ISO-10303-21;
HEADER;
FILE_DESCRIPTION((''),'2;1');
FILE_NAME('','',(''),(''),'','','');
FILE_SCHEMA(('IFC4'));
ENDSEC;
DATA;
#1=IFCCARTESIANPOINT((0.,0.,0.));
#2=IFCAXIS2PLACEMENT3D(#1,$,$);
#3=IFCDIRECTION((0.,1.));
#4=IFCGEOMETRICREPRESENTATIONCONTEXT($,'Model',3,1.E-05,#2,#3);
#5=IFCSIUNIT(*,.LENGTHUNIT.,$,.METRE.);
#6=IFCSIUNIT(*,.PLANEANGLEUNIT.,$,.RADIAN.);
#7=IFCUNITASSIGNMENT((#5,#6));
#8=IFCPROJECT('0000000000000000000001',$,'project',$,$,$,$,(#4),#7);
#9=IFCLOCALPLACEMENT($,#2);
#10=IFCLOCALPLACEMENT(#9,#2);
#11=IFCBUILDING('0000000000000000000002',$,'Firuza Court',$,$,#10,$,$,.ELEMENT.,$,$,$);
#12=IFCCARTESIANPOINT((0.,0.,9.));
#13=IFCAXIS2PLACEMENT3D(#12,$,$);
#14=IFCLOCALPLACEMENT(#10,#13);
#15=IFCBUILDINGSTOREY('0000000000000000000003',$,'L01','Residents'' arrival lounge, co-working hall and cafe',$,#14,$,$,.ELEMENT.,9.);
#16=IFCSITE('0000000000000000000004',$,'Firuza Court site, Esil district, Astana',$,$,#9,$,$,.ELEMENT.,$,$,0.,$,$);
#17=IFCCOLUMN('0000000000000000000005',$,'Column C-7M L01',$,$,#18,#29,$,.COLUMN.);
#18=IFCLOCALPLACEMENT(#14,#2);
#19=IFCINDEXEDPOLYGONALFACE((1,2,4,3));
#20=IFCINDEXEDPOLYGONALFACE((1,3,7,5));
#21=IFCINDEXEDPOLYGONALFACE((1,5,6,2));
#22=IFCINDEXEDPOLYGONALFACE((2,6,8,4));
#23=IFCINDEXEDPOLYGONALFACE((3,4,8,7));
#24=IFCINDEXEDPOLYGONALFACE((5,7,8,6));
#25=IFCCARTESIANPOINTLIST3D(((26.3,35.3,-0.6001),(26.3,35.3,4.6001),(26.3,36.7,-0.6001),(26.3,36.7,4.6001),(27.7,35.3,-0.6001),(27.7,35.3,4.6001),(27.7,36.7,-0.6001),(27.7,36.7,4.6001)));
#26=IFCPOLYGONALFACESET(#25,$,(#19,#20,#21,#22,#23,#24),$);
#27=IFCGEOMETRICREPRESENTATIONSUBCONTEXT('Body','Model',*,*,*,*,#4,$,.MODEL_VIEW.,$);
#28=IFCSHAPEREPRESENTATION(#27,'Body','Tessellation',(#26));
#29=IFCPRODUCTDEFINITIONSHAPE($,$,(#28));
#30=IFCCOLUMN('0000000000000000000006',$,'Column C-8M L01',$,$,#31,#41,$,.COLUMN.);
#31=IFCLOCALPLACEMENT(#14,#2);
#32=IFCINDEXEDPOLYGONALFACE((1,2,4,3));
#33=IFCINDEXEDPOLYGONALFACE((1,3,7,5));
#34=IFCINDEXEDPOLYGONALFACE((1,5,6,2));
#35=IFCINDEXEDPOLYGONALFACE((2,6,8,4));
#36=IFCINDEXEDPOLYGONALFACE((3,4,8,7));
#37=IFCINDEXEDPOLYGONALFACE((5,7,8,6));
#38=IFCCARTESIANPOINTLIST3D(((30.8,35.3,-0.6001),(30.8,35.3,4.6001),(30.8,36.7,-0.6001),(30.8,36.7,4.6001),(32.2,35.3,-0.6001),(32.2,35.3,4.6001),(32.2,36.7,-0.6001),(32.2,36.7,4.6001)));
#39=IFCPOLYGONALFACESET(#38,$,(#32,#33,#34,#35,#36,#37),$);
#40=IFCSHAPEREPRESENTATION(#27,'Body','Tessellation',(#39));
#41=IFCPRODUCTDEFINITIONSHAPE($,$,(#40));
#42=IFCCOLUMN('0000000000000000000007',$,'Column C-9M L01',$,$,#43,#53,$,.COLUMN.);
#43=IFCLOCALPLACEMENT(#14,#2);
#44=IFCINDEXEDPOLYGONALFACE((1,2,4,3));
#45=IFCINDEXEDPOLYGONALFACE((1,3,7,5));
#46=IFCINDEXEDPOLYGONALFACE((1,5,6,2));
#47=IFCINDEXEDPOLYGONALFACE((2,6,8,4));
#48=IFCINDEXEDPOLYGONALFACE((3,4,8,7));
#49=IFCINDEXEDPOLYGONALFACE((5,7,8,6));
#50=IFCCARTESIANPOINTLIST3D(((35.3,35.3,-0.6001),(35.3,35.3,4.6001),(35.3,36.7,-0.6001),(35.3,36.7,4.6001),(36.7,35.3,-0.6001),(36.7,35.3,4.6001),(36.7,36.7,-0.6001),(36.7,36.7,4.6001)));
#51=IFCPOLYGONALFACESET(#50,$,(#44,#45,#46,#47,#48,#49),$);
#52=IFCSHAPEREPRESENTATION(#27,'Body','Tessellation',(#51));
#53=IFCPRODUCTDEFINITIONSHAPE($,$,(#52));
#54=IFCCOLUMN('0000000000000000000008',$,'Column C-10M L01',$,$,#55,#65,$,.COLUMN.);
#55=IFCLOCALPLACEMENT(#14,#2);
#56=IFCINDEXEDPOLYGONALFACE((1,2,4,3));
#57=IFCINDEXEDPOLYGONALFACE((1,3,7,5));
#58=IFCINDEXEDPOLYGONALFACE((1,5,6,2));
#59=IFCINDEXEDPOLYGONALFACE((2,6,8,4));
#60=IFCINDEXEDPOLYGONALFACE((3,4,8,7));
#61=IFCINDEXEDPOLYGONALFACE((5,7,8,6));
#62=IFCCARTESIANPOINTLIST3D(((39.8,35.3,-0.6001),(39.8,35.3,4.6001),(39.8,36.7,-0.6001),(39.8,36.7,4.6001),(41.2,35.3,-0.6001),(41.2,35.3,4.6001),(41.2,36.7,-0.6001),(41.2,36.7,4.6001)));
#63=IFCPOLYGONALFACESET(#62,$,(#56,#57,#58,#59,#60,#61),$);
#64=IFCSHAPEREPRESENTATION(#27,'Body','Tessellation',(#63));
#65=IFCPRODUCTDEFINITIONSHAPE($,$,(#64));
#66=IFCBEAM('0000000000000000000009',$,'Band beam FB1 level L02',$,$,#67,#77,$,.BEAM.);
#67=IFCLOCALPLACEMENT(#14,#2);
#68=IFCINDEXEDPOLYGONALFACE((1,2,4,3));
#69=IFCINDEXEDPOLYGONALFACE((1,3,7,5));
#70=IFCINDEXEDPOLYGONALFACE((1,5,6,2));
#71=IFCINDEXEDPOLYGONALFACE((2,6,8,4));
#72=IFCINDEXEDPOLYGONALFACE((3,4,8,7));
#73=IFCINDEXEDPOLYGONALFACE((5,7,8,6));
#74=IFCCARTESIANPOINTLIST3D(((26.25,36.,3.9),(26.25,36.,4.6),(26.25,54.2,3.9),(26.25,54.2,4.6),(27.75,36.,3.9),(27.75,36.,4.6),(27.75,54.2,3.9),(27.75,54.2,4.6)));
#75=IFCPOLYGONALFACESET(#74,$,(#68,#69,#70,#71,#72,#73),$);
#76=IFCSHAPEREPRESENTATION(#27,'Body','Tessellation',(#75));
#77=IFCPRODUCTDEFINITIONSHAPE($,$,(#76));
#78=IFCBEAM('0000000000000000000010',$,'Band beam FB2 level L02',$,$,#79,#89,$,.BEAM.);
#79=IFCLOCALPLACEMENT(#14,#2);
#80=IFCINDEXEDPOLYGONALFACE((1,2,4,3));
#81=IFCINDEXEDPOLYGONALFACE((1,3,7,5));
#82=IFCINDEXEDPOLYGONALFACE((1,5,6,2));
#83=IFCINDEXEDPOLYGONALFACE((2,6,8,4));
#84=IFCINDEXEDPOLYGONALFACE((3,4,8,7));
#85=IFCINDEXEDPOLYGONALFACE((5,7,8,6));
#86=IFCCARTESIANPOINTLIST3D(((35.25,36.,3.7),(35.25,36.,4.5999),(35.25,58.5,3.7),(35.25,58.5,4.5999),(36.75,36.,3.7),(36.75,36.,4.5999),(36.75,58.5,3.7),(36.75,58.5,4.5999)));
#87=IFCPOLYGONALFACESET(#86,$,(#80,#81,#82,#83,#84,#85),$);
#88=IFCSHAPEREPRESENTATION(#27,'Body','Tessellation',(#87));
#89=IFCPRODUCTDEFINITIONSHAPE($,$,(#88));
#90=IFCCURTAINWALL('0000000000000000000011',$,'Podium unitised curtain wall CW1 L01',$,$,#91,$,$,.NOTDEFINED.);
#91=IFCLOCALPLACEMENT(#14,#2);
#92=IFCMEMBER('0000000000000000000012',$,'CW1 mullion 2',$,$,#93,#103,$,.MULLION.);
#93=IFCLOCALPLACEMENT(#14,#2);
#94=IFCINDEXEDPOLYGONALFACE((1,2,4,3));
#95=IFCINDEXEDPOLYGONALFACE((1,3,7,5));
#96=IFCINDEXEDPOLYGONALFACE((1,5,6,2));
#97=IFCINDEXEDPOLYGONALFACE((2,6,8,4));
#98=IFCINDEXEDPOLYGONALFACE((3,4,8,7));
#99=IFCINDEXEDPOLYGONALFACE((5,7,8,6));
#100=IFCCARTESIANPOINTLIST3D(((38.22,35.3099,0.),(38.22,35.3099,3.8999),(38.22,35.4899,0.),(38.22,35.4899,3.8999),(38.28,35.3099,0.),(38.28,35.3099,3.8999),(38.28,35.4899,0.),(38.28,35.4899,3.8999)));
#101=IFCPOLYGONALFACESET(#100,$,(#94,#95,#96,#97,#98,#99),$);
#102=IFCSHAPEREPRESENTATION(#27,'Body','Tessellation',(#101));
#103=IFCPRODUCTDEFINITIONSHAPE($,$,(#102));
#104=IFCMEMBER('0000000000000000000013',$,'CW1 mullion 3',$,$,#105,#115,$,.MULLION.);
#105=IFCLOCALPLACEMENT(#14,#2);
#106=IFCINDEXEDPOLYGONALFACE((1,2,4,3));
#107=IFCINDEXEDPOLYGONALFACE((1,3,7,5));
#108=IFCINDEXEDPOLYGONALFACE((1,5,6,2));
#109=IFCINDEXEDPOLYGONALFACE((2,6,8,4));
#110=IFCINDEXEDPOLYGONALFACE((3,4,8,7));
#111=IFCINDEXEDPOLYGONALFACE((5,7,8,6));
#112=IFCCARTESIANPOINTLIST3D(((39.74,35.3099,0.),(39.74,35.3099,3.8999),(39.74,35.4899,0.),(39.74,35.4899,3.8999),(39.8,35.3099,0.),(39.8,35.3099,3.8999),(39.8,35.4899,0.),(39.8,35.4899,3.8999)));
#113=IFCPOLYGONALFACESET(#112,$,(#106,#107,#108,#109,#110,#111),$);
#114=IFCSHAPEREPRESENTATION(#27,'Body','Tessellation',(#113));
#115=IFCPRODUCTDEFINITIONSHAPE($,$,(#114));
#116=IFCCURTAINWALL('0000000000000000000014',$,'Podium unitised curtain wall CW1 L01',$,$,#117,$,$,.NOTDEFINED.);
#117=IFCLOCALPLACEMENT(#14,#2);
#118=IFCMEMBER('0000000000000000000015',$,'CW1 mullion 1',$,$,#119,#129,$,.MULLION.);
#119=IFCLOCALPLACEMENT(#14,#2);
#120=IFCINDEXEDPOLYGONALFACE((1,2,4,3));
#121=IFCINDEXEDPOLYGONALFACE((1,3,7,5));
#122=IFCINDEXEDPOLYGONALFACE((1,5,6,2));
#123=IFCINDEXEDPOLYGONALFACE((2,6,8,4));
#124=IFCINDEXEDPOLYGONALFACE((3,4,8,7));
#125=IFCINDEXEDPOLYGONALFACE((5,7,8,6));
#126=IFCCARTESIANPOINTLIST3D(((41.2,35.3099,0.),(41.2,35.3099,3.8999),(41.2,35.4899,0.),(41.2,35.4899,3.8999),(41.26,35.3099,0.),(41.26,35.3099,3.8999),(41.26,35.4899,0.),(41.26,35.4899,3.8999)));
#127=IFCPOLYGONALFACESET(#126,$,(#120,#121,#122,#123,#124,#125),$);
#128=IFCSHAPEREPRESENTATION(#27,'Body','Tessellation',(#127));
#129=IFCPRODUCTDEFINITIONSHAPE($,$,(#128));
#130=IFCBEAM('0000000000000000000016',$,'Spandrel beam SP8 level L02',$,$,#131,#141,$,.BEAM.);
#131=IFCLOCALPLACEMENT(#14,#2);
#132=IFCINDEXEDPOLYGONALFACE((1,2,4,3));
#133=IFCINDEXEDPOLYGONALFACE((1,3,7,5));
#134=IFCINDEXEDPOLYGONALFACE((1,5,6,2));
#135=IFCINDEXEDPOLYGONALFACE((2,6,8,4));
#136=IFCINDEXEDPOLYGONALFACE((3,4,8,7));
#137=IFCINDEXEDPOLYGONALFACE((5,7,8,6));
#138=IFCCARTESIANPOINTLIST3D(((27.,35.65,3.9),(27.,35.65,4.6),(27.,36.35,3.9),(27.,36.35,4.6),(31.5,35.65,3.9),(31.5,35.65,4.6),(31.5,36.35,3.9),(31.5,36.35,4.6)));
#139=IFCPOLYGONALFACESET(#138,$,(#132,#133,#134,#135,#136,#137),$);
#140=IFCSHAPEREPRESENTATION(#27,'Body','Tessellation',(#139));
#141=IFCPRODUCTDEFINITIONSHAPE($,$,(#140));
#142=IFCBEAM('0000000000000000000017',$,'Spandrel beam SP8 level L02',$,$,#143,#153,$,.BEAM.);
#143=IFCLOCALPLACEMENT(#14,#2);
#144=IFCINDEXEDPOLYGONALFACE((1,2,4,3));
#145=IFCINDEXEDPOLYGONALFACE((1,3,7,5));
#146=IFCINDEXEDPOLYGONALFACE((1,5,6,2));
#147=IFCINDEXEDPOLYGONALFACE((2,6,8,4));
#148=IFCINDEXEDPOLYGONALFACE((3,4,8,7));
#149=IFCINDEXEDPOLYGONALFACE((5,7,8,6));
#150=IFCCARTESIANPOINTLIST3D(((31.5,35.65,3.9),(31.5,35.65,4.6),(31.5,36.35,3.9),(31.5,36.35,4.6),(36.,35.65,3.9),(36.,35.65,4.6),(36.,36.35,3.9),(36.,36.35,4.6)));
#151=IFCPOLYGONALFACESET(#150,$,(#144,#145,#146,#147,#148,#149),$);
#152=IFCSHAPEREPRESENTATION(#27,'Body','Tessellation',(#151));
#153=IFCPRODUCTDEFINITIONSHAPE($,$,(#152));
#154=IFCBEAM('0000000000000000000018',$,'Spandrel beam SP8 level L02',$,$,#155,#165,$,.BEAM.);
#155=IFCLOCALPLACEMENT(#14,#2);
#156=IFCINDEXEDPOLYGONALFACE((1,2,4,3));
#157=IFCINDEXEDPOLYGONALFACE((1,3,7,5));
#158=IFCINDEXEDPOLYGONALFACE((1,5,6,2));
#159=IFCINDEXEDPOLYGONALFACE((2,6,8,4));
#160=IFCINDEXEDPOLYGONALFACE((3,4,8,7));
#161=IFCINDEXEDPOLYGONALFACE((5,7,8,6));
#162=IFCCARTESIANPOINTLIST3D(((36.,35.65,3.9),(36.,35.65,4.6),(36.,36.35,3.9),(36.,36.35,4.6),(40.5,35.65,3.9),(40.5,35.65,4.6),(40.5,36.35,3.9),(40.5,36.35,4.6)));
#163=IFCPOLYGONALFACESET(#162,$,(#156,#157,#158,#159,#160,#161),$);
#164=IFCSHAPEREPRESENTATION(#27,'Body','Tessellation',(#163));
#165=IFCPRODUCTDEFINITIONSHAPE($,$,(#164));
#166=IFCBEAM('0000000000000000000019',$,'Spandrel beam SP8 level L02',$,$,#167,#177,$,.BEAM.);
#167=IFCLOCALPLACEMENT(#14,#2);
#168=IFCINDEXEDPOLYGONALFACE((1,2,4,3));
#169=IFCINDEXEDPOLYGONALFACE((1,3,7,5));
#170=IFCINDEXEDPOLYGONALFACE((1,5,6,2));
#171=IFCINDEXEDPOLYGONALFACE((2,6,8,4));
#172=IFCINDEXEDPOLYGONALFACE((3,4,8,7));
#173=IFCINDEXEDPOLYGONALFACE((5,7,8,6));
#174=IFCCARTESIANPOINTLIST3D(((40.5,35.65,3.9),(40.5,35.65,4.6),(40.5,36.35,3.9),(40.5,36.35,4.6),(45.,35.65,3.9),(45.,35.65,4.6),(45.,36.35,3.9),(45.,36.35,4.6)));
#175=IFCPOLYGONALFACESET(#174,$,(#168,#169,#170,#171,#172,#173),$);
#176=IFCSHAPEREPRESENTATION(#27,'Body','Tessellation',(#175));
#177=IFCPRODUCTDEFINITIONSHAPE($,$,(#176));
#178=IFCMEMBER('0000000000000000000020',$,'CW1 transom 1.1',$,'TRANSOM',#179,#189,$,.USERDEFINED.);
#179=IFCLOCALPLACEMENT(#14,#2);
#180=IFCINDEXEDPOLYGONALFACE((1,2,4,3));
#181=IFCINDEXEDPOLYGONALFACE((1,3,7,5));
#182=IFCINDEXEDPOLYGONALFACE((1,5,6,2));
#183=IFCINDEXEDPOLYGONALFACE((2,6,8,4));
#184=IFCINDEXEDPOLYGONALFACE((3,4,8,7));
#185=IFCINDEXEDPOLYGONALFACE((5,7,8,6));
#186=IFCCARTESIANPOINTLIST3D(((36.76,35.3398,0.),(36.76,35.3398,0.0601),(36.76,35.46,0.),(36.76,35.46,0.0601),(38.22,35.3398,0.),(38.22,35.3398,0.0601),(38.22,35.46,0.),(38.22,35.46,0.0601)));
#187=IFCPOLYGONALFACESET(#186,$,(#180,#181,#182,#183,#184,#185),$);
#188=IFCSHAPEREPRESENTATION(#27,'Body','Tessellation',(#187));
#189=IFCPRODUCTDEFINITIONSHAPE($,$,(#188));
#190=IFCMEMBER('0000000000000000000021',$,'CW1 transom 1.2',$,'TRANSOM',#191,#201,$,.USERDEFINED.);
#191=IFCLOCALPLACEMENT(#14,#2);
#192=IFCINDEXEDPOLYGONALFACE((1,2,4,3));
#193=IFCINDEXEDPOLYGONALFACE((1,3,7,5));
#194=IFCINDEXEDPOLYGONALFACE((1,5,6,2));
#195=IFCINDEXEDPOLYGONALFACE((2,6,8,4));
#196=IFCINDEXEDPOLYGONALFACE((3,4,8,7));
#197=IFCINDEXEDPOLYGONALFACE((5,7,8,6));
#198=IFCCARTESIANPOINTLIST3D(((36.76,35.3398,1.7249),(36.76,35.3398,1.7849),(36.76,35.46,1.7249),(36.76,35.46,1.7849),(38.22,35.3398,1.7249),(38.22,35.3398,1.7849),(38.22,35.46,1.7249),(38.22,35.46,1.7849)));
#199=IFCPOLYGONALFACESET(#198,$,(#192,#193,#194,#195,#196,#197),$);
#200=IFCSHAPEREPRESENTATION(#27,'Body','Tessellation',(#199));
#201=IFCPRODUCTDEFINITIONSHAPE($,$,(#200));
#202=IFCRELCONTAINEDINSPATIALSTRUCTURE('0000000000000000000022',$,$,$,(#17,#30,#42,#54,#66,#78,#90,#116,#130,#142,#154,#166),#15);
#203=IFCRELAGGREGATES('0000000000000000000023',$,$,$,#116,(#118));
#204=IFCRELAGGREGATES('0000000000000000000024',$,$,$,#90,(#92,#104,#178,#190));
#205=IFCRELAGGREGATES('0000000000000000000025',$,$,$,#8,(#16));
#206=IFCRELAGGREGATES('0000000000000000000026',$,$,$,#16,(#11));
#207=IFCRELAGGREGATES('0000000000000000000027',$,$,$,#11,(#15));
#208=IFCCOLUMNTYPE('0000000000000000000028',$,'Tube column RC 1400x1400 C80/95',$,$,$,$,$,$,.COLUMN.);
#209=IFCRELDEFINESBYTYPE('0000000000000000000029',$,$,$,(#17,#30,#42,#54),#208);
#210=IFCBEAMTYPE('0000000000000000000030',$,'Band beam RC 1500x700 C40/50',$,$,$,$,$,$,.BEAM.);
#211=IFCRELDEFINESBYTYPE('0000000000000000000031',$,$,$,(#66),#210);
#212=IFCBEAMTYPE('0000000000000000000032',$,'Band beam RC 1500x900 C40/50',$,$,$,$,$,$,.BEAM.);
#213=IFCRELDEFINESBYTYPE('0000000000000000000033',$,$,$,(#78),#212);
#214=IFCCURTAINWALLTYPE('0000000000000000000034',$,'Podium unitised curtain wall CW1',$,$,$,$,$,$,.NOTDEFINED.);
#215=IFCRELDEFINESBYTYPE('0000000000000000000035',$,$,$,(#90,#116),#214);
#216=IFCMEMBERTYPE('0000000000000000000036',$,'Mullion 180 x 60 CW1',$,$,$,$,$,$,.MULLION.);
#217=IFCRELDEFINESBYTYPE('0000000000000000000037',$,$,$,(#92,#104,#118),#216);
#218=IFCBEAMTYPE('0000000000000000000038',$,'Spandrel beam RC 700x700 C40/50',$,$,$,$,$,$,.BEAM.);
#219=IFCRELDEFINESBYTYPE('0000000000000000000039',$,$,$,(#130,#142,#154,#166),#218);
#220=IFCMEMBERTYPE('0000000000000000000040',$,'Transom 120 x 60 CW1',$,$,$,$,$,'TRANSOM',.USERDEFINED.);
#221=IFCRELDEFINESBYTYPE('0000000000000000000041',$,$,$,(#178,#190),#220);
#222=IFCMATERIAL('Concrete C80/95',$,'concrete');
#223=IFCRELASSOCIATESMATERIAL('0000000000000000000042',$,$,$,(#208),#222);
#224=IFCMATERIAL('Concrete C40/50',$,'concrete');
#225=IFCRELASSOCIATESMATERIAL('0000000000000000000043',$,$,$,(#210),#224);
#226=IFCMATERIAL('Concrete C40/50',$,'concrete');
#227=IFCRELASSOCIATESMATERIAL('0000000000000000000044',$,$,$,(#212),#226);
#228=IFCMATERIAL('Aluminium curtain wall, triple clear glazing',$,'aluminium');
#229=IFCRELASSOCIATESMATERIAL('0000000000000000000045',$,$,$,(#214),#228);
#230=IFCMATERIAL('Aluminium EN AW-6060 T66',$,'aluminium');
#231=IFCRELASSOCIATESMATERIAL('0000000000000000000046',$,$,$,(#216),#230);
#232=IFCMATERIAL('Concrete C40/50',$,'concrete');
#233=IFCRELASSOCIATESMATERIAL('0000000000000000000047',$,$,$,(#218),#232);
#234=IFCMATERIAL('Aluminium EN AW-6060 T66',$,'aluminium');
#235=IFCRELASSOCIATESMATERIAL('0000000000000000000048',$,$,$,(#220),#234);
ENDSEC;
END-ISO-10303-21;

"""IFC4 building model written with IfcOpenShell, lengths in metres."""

from ifc_helpers import new_model, si_unit, direction, frame, origin, origin_2d, place, context, subcontext, project, spatial, rectangle, extrude, material, material_profile, profile_set, type_object, element, aggregate, save


model = new_model("IFC4")

# Units and contexts
model_context = context("Model", 3, precision=1e-05, world=origin(), true_north=direction((0.0, 1.0)))
body_context = subcontext(model_context, "Body", "Model", "MODEL_VIEW")
ifc_project = project(units=[si_unit("LENGTHUNIT", "METRE"), si_unit("PLANEANGLEUNIT", "RADIAN")], contexts=[model_context])

# Site, building, storey
site_placement = place(None, origin())
site = spatial("IfcSite", under=ifc_project, at=site_placement, Name="Firuza Court site, Esil district, Astana", CompositionType="ELEMENT", RefElevation=0.0)
building_placement = place(site_placement, origin())
building = spatial("IfcBuilding", under=site, at=building_placement, Name="Firuza Court", CompositionType="ELEMENT")
storey_placement = place(building_placement, frame((0.0, 0.0, 9.0)))
storey = spatial("IfcBuildingStorey", under=building, at=storey_placement, Name="L01", Description="Residents' arrival lounge, co-working hall and cafe", CompositionType="ELEMENT", Elevation=9.0)

# Columns
ifc_material_1 = material(Name="Concrete C80/95", Category="concrete")
ifc_material_profile_1 = material_profile(ifc_material_1, rectangle(XDim=1.3999, YDim=1.3999, at=origin_2d()), Name="RC 1400x1400")
ifc_profile_set_1 = profile_set([ifc_material_profile_1], Name="Concrete C80/95")
column_type = type_object("IfcColumnType", Name="Tube column RC 1400x1400 C80/95", PredefinedType="COLUMN", material=ifc_profile_set_1)
for number, where, z_axis, x_axis, name in (
    (1, (27.0, 36.0, -0.6001), (0.0, 0.0, 1.0), (1.0, 0.0, 0.0), "Column C-7M L01"),
    (2, (31.5, 36.0, -0.6001), (0.0, 0.0, 1.0), (1.0, 0.0, 0.0), "Column C-8M L01"),
    (3, (36.0, 36.0, -0.6001), (0.0, 0.0, 1.0), (1.0, 0.0, 0.0), "Column C-9M L01"),
    (4, (40.5, 36.0, -0.6001), (0.0, 0.0, 1.0), (1.0, 0.0, 0.0), "Column C-10M L01"),
):
    element("IfcColumn", number, at=place(storey_placement, frame(where, z_axis=z_axis, x_axis=x_axis)), inside=storey, type_object=column_type, Name=name, PredefinedType="COLUMN", context=body_context, shape_type="SweptSolid", body=[
        extrude(rectangle(XDim=1.3999, YDim=1.3999, at=origin_2d()), origin(), (0.0, 0.0, 1.0), 5.2002),
    ])

# Beams
ifc_material_2 = material(Name="Concrete C40/50", Category="concrete")
ifc_material_profile_2 = material_profile(ifc_material_2, rectangle(XDim=1.5, YDim=0.7, at=origin_2d()), Name="RC 1500x700")
ifc_profile_set_2 = profile_set([ifc_material_profile_2], Name="Concrete C40/50")
beam_type_1 = type_object("IfcBeamType", Name="Band beam RC 1500x700 C40/50", PredefinedType="BEAM", material=ifc_profile_set_2)
beam_1_placement = place(storey_placement, frame((27.0, 36.0, 4.25), z_axis=(0.0, 1.0, 0.0), x_axis=(-1.0, 0.0, 0.0)))
element("IfcBeam", 5, at=beam_1_placement, inside=storey, type_object=beam_type_1, Name="Band beam FB1 level L02", PredefinedType="BEAM", context=body_context, shape_type="SweptSolid", body=[
    extrude(rectangle(XDim=1.5, YDim=0.7, at=origin_2d()), origin(), (0.0, 0.0, 1.0), 18.2),
])
ifc_material_3 = material(Name="Concrete C40/50", Category="concrete")
ifc_material_profile_3 = material_profile(ifc_material_3, rectangle(XDim=1.5, YDim=0.8999, at=origin_2d()), Name="RC 1500x900")
ifc_profile_set_3 = profile_set([ifc_material_profile_3], Name="Concrete C40/50")
beam_type_2 = type_object("IfcBeamType", Name="Band beam RC 1500x900 C40/50", PredefinedType="BEAM", material=ifc_profile_set_3)
beam_2_placement = place(storey_placement, frame((36.0, 36.0, 4.1499), z_axis=(0.0, 1.0, 0.0), x_axis=(-1.0, 0.0, 0.0)))
element("IfcBeam", 6, at=beam_2_placement, inside=storey, type_object=beam_type_2, Name="Band beam FB2 level L02", PredefinedType="BEAM", context=body_context, shape_type="SweptSolid", body=[
    extrude(rectangle(XDim=1.5, YDim=0.8999, at=origin_2d()), origin(), (0.0, 0.0, 1.0), 22.5),
])

# Curtain wall, members
ifc_material_4 = material(Name="Aluminium curtain wall, triple clear glazing", Category="aluminium")
curtain_wall_type = type_object("IfcCurtainWallType", Name="Podium unitised curtain wall CW1", PredefinedType="NOTDEFINED", material=ifc_material_4)
curtain_wall_1_placement = place(storey_placement, origin())
curtain_wall_1 = element("IfcCurtainWall", 7, at=curtain_wall_1_placement, inside=storey, type_object=curtain_wall_type, Name="Podium unitised curtain wall CW1 L01", PredefinedType="NOTDEFINED")
ifc_material_5 = material(Name="Aluminium EN AW-6060 T66", Category="aluminium")
ifc_material_profile_4 = material_profile(ifc_material_5, rectangle(XDim=0.1799, YDim=0.0601, at=origin_2d()), Name="Mullion 180 x 60 CW1")
ifc_profile_set_4 = profile_set([ifc_material_profile_4], Name="Aluminium EN AW-6060 T66")
member_type_1 = type_object("IfcMemberType", Name="Mullion 180 x 60 CW1", PredefinedType="MULLION", material=ifc_profile_set_4)
member_1_placement = place(storey_placement, frame((38.25, 35.3999, 0.0), z_axis=(0.0, 0.0, 1.0), x_axis=(0.0, 1.0, 0.0)))
member_1 = element("IfcMember", 8, at=member_1_placement, type_object=member_type_1, Name="CW1 mullion 2", PredefinedType="MULLION", context=body_context, shape_type="SweptSolid", body=[
    extrude(rectangle(XDim=0.1799, YDim=0.0601, at=origin_2d()), origin(), (0.0, 0.0, 1.0), 3.8999),
])
member_2_placement = place(storey_placement, frame((39.77, 35.3999, 0.0), z_axis=(0.0, 0.0, 1.0), x_axis=(0.0, 1.0, 0.0)))
member_2 = element("IfcMember", 9, at=member_2_placement, type_object=member_type_1, Name="CW1 mullion 3", PredefinedType="MULLION", context=body_context, shape_type="SweptSolid", body=[
    extrude(rectangle(XDim=0.1799, YDim=0.0601, at=origin_2d()), origin(), (0.0, 0.0, 1.0), 3.8999),
])

# Curtain wall, member
curtain_wall_2_placement = place(storey_placement, origin())
curtain_wall_2 = element("IfcCurtainWall", 10, at=curtain_wall_2_placement, inside=storey, type_object=curtain_wall_type, Name="Podium unitised curtain wall CW1 L01", PredefinedType="NOTDEFINED")
member_3_placement = place(storey_placement, frame((41.23, 35.3999, 0.0), z_axis=(0.0, 0.0, 1.0), x_axis=(0.0, 1.0, 0.0)))
member_3 = element("IfcMember", 11, at=member_3_placement, type_object=member_type_1, Name="CW1 mullion 1", PredefinedType="MULLION", context=body_context, shape_type="SweptSolid", body=[
    extrude(rectangle(XDim=0.1799, YDim=0.0601, at=origin_2d()), origin(), (0.0, 0.0, 1.0), 3.8999),
])

# Beams
ifc_material_6 = material(Name="Concrete C40/50", Category="concrete")
ifc_material_profile_5 = material_profile(ifc_material_6, rectangle(XDim=0.7, YDim=0.7, at=origin_2d()), Name="RC 700x700")
ifc_profile_set_5 = profile_set([ifc_material_profile_5], Name="Concrete C40/50")
beam_type_3 = type_object("IfcBeamType", Name="Spandrel beam RC 700x700 C40/50", PredefinedType="BEAM", material=ifc_profile_set_5)
for number, where, z_axis, x_axis, name in (
    (12, (27.0, 36.0, 4.25), (1.0, 0.0, 0.0), (0.0, 1.0, 0.0), "Spandrel beam SP8 level L02"),
    (13, (31.5, 36.0, 4.25), (1.0, 0.0, 0.0), (0.0, 1.0, 0.0), "Spandrel beam SP8 level L02"),
    (14, (36.0, 36.0, 4.25), (1.0, 0.0, 0.0), (0.0, 1.0, 0.0), "Spandrel beam SP8 level L02"),
    (15, (40.5, 36.0, 4.25), (1.0, 0.0, 0.0), (0.0, 1.0, 0.0), "Spandrel beam SP8 level L02"),
):
    element("IfcBeam", number, at=place(storey_placement, frame(where, z_axis=z_axis, x_axis=x_axis)), inside=storey, type_object=beam_type_3, Name=name, PredefinedType="BEAM", context=body_context, shape_type="SweptSolid", body=[
        extrude(rectangle(XDim=0.7, YDim=0.7, at=origin_2d()), origin(), (0.0, 0.0, 1.0), 4.5),
    ])

# Members
ifc_material_7 = material(Name="Aluminium EN AW-6060 T66", Category="aluminium")
ifc_material_profile_6 = material_profile(ifc_material_7, rectangle(XDim=0.1201, YDim=0.0601, at=origin_2d()), Name="Transom 120 x 60 CW1")
ifc_profile_set_6 = profile_set([ifc_material_profile_6], Name="Aluminium EN AW-6060 T66")
member_type_2 = type_object("IfcMemberType", Name="Transom 120 x 60 CW1", ElementType="TRANSOM", PredefinedType="USERDEFINED", material=ifc_profile_set_6)
member_4_placement = place(storey_placement, frame((36.76, 35.3999, 0.03), z_axis=(1.0, 0.0, 0.0), x_axis=(0.0, 1.0, 0.0)))
member_4 = element("IfcMember", 16, at=member_4_placement, type_object=member_type_2, Name="CW1 transom 1.1", ObjectType="TRANSOM", PredefinedType="USERDEFINED", context=body_context, shape_type="SweptSolid", body=[
    extrude(rectangle(XDim=0.1201, YDim=0.0601, at=origin_2d()), origin(), (0.0, 0.0, 1.0), 1.46),
])
member_5_placement = place(storey_placement, frame((36.76, 35.3999, 1.7549), z_axis=(1.0, 0.0, 0.0), x_axis=(0.0, 1.0, 0.0)))
member_5 = element("IfcMember", 17, at=member_5_placement, type_object=member_type_2, Name="CW1 transom 1.2", ObjectType="TRANSOM", PredefinedType="USERDEFINED", context=body_context, shape_type="SweptSolid", body=[
    extrude(rectangle(XDim=0.1201, YDim=0.0601, at=origin_2d()), origin(), (0.0, 0.0, 1.0), 1.46),
])
aggregate(curtain_wall_2, [member_3])

aggregate(curtain_wall_1, [member_1, member_2, member_4, member_5])

save(model, "model.ifc")
